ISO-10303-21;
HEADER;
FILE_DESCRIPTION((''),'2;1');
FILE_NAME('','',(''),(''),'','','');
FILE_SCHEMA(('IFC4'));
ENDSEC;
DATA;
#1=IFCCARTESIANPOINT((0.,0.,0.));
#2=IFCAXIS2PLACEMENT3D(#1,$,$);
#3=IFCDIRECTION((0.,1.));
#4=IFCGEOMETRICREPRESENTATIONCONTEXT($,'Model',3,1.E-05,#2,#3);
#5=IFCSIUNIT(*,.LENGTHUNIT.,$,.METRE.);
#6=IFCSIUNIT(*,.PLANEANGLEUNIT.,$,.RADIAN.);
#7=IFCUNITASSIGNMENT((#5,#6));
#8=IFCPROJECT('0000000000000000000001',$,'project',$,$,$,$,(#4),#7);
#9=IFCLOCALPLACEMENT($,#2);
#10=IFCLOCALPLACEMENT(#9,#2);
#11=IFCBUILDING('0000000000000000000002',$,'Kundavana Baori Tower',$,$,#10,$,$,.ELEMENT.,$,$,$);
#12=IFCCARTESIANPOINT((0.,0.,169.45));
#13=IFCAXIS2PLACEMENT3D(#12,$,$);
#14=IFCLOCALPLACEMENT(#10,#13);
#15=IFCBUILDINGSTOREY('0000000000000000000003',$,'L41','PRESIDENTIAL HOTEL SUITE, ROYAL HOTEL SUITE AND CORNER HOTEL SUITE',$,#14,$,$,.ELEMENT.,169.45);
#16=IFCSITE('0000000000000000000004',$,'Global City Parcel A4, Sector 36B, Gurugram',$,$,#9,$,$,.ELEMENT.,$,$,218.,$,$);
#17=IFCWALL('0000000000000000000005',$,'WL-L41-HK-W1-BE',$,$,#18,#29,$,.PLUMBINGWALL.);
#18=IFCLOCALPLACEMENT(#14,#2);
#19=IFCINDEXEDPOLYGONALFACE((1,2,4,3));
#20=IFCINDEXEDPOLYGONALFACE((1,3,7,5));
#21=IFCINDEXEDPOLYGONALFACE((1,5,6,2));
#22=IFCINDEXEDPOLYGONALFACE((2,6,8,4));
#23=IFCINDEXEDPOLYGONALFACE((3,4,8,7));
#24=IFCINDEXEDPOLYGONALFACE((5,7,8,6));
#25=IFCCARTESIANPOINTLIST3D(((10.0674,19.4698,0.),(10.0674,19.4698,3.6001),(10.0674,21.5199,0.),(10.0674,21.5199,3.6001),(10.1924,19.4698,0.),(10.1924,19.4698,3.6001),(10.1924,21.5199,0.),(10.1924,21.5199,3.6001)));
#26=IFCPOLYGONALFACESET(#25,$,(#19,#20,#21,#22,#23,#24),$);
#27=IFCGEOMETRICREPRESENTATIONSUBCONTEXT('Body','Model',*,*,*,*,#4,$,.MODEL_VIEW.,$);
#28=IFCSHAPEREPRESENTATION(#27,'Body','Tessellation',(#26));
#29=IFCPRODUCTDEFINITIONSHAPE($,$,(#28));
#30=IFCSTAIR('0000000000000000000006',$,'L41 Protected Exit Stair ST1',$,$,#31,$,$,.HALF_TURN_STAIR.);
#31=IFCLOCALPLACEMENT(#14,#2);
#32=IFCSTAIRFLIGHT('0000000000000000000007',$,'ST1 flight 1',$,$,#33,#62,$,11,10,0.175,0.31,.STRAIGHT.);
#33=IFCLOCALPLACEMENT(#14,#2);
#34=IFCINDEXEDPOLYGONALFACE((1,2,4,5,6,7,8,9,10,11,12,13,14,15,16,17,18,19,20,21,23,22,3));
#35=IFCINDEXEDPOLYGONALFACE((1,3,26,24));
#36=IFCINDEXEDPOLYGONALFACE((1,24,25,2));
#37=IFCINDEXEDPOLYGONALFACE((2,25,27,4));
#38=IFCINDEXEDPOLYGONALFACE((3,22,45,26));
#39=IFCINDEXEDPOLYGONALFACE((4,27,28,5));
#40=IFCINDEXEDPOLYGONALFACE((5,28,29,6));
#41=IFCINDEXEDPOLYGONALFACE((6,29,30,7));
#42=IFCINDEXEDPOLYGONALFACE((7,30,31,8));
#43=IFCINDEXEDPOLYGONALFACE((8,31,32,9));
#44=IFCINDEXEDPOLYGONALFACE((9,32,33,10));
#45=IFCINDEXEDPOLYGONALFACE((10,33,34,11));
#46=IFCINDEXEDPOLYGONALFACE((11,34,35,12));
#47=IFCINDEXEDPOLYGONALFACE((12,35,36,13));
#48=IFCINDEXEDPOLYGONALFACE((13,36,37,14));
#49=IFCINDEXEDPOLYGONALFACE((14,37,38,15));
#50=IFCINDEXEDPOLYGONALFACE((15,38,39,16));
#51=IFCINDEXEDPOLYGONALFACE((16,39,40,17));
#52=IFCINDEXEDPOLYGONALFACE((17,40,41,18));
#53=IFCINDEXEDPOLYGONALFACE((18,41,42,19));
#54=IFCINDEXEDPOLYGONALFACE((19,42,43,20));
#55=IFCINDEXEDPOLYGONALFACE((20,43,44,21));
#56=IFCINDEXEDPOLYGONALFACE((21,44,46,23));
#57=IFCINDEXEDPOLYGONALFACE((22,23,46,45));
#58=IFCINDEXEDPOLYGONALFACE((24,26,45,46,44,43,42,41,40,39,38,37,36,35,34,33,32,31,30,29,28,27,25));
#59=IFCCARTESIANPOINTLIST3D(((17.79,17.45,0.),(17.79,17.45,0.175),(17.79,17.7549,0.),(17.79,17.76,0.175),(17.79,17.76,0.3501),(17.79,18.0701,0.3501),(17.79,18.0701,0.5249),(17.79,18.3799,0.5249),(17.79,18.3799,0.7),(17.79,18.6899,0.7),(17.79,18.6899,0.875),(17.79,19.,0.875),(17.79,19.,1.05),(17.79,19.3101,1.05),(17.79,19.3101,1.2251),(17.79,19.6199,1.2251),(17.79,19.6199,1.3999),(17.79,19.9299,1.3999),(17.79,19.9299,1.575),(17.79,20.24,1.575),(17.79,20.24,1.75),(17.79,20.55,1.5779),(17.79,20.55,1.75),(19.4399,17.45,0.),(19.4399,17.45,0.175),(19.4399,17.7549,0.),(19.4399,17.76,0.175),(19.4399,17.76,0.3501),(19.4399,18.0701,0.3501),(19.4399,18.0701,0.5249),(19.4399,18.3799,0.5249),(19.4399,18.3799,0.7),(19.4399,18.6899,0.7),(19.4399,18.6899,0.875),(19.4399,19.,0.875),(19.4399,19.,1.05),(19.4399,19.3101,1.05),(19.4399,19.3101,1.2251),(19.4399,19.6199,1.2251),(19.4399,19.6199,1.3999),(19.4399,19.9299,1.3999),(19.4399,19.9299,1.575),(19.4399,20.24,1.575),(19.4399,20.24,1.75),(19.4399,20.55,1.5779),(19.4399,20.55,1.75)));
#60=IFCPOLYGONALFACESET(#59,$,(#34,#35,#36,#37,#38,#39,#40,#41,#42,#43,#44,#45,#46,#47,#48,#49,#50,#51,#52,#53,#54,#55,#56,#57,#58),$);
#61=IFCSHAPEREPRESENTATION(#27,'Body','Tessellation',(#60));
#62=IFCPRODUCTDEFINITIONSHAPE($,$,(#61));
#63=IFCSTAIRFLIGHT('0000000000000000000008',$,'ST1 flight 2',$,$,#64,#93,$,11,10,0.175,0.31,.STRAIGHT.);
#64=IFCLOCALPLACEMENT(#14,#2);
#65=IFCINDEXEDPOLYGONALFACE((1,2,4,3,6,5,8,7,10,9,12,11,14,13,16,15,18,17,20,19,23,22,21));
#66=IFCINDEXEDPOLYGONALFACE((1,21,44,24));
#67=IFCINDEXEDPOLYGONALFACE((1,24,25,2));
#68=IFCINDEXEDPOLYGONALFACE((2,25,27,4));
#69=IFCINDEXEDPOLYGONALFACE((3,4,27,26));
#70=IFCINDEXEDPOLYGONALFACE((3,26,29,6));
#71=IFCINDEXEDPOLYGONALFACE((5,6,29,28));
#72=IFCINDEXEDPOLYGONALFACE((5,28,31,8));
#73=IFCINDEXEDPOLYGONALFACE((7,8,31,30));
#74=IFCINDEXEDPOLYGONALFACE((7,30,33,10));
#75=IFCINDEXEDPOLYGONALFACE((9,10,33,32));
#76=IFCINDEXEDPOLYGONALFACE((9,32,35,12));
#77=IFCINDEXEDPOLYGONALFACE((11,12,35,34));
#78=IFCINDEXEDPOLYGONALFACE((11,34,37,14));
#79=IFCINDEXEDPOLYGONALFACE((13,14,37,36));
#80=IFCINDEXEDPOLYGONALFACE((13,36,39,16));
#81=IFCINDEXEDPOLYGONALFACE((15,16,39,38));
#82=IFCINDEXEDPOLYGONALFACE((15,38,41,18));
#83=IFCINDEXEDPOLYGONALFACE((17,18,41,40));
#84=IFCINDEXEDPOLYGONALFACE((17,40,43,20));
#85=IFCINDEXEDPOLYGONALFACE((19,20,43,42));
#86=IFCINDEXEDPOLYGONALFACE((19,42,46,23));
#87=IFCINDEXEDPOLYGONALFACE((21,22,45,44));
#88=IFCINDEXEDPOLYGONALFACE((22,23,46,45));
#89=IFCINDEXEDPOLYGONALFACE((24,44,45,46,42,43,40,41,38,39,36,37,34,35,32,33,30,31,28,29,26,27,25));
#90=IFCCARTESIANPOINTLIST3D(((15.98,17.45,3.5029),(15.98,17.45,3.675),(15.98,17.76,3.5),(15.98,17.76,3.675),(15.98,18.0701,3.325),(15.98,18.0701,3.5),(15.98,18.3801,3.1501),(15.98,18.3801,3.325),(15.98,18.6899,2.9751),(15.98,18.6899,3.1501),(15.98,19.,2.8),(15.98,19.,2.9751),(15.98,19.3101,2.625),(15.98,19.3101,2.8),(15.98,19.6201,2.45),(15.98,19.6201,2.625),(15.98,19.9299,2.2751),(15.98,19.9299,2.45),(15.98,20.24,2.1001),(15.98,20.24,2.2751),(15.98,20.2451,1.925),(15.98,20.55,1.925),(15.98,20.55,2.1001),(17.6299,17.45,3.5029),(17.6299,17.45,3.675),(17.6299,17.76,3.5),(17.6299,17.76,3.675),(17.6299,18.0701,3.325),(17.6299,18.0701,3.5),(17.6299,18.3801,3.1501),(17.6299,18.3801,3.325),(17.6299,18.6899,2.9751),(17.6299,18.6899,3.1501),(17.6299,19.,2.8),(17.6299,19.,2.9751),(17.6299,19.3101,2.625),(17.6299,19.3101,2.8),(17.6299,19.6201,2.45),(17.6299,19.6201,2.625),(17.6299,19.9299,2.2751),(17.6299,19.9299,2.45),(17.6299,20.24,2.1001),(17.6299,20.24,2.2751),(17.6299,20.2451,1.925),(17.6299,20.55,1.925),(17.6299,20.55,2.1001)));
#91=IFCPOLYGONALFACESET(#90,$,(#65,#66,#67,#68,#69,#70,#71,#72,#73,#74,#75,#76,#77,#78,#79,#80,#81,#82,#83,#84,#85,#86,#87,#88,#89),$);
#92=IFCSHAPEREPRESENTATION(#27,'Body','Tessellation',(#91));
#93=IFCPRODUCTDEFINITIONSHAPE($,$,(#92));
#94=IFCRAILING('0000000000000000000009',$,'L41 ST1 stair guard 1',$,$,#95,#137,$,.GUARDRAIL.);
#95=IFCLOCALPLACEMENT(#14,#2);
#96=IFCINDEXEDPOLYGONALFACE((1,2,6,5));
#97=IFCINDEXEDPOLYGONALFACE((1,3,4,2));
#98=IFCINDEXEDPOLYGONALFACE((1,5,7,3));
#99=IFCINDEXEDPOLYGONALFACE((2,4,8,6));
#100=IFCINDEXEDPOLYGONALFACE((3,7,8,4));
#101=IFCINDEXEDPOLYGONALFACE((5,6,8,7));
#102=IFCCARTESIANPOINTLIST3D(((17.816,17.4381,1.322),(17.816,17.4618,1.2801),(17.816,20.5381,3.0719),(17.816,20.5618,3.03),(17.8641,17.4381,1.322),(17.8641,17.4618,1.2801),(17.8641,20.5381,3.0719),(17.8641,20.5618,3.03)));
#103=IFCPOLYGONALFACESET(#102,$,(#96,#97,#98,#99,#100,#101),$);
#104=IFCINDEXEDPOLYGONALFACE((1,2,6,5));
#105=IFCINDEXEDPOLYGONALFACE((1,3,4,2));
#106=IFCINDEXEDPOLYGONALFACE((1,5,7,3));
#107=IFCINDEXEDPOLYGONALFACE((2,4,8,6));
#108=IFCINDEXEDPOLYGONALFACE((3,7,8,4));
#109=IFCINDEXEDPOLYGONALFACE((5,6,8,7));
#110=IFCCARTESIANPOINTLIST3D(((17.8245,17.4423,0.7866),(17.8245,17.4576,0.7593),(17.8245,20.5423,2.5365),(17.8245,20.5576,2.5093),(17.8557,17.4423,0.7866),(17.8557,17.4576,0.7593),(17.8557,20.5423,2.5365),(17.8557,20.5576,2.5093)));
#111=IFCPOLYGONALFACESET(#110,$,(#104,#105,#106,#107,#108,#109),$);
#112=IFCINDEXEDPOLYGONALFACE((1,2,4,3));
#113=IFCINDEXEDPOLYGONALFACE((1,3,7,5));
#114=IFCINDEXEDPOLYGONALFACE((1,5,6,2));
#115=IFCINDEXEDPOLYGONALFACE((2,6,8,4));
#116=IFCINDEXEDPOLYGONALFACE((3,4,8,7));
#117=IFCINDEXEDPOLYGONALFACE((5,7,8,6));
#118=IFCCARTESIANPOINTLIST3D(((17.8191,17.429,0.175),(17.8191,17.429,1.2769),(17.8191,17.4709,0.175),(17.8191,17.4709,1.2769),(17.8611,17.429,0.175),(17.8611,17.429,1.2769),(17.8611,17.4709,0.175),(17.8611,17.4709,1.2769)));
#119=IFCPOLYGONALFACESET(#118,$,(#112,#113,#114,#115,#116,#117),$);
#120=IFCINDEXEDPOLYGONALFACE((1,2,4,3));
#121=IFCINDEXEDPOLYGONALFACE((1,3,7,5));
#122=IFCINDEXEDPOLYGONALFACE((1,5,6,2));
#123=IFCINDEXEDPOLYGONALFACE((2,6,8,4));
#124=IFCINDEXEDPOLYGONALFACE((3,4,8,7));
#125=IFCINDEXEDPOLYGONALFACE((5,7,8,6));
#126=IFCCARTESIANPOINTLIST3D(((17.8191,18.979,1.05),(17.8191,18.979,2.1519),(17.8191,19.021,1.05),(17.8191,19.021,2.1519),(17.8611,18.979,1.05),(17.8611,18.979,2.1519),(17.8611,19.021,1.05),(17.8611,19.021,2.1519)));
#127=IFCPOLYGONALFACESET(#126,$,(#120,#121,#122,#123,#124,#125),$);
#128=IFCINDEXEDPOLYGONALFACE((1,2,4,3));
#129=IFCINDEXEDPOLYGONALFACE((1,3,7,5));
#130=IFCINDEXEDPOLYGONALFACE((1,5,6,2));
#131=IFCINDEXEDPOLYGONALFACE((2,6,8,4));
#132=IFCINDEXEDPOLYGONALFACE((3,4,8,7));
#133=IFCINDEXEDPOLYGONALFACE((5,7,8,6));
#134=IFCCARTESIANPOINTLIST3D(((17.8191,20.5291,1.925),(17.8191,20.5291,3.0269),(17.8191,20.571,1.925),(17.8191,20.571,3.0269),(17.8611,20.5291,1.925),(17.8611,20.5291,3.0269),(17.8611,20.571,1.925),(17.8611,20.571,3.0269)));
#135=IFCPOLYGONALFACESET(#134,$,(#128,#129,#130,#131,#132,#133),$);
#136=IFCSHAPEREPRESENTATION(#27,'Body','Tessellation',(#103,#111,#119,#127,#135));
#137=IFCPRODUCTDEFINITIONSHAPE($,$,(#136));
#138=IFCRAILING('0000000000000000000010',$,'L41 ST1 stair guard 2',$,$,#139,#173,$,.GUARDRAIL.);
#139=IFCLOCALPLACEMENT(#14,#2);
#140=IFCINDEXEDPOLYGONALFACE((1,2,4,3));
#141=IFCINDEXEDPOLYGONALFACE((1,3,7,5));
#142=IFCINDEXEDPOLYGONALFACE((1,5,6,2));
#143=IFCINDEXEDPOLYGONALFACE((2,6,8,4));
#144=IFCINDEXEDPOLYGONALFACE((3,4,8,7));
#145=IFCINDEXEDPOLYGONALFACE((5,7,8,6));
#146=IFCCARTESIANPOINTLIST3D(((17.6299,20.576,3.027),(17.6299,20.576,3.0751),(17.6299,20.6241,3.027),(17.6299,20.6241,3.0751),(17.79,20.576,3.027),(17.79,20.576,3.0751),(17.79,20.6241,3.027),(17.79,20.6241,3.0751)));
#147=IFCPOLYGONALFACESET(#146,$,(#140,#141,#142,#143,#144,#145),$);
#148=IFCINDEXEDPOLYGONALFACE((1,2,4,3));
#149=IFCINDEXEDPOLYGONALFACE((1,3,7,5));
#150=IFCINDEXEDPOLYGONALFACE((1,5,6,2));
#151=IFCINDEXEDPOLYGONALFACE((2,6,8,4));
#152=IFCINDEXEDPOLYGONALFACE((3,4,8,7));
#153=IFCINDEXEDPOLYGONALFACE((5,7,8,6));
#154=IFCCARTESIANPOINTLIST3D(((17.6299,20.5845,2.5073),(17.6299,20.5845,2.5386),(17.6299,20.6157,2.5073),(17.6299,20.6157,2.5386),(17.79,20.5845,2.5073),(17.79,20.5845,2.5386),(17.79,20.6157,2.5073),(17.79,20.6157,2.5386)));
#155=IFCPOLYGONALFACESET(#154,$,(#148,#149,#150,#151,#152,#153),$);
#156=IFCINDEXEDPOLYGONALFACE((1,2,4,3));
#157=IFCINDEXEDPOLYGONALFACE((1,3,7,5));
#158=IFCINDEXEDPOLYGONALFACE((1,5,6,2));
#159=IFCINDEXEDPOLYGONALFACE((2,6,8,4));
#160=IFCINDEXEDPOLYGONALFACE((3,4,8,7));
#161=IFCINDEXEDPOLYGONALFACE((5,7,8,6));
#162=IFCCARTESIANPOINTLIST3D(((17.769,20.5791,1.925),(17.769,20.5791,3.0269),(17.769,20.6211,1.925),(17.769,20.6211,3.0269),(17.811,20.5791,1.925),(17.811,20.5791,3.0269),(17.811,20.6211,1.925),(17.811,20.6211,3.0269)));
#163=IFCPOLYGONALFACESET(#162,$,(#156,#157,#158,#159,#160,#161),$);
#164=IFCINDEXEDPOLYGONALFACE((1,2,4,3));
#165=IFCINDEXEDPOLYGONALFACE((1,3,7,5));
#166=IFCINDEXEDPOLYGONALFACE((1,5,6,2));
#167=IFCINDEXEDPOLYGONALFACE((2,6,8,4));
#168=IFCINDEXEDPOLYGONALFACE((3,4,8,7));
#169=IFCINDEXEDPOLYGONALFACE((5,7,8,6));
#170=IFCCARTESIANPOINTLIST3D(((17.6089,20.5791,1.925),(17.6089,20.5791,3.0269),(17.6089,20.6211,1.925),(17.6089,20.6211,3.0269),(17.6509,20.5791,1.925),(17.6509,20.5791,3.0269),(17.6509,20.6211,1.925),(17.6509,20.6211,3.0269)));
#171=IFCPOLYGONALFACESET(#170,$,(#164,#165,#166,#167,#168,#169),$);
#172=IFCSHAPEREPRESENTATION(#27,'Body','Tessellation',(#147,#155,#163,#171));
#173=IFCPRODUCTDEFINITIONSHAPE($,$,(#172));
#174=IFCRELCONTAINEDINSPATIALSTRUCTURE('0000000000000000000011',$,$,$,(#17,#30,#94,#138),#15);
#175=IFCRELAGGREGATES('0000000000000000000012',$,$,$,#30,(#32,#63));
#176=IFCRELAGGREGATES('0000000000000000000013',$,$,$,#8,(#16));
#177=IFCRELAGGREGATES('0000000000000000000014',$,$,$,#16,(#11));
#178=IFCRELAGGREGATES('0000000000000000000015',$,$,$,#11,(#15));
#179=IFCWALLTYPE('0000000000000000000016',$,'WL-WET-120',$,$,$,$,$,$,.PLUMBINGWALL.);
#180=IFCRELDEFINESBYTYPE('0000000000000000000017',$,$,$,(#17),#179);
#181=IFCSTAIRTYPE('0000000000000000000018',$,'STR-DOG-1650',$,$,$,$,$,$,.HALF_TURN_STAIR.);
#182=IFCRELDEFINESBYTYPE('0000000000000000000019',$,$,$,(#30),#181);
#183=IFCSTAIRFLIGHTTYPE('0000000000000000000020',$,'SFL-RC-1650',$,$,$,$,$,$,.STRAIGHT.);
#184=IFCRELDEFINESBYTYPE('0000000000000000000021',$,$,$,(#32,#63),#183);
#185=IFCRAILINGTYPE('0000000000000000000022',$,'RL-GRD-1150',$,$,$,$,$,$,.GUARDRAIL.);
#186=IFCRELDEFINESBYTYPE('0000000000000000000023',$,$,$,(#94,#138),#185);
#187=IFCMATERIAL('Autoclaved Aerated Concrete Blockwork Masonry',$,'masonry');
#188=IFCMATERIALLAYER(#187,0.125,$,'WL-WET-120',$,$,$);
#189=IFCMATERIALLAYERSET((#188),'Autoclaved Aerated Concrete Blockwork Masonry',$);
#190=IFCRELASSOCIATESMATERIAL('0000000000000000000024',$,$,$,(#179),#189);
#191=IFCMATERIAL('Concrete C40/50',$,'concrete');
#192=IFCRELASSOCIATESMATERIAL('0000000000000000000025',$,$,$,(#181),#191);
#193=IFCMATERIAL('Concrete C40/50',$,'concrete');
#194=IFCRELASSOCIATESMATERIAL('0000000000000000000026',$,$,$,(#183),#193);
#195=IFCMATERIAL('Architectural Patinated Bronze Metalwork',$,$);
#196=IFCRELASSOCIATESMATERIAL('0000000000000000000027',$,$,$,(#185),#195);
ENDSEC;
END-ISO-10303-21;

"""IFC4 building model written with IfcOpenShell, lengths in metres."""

from ifc_helpers import new_model, si_unit, direction, frame, frame_2d, origin, origin_2d, place, context, subcontext, project, spatial, polyline, rectangle, outline, extrude, material, layer, layer_set, type_object, element, aggregate, save


model = new_model("IFC4")

# Units and contexts
model_context = context("Model", 3, precision=1e-05, world=origin(), true_north=direction((0.0, 1.0)))
body_context = subcontext(model_context, "Body", "Model", "MODEL_VIEW")
ifc_project = project(units=[si_unit("LENGTHUNIT", "METRE"), si_unit("PLANEANGLEUNIT", "RADIAN")], contexts=[model_context])

# Site, building, storey
site_placement = place(None, origin())
site = spatial("IfcSite", under=ifc_project, at=site_placement, Name="Global City Parcel A4, Sector 36B, Gurugram", CompositionType="ELEMENT", RefElevation=218.0)
building_placement = place(site_placement, origin())
building = spatial("IfcBuilding", under=site, at=building_placement, Name="Kundavana Baori Tower", CompositionType="ELEMENT")
storey_placement = place(building_placement, frame((0.0, 0.0, 169.45)))
storey = spatial("IfcBuildingStorey", under=building, at=storey_placement, Name="L41", Description="PRESIDENTIAL HOTEL SUITE, ROYAL HOTEL SUITE AND CORNER HOTEL SUITE", CompositionType="ELEMENT", Elevation=169.45)

# Wall
ifc_material_1 = material(Name="Autoclaved Aerated Concrete Blockwork Masonry", Category="masonry")
ifc_layer_1 = layer(ifc_material_1, 0.125, Name="WL-WET-120")
ifc_layer_set_1 = layer_set([ifc_layer_1], Name="Autoclaved Aerated Concrete Blockwork Masonry")
wall_type_1 = type_object("IfcWallType", Name="WL-WET-120", PredefinedType="PLUMBINGWALL", material=ifc_layer_set_1)
wall_1_placement = place(storey_placement, frame((10.1299, 19.47, 0.0), z_axis=(0.0, 0.0, 1.0), x_axis=(0.0, 1.0, 0.0)))
element("IfcWall", 1, at=wall_1_placement, inside=storey, type_object=wall_type_1, Name="WL-L41-HK-W1-BE", PredefinedType="PLUMBINGWALL", context=body_context, shape_type="SweptSolid", body=[
    extrude(rectangle(XDim=2.05, YDim=0.125, at=frame_2d((1.0249, 0.0))), origin(), (0.0, 0.0, 1.0), 3.6001),
])

# Stair, stair flights
ifc_material_2 = material(Name="Concrete C40/50", Category="concrete")
stair_type = type_object("IfcStairType", Name="STR-DOG-1650", PredefinedType="HALF_TURN_STAIR", material=ifc_material_2)
stair_placement = place(storey_placement, origin())
stair = element("IfcStair", 2, at=stair_placement, inside=storey, type_object=stair_type, Name="L41 Protected Exit Stair ST1", PredefinedType="HALF_TURN_STAIR")
ifc_material_3 = material(Name="Concrete C40/50", Category="concrete")
stair_flight_type = type_object("IfcStairFlightType", Name="SFL-RC-1650", PredefinedType="STRAIGHT", material=ifc_material_3)
stair_flight_1_placement = place(storey_placement, frame((18.615, 17.45, 0.0), z_axis=(0.0, 0.0, 1.0), x_axis=(0.0, 1.0, 0.0)))
stair_flight_1 = element("IfcStairFlight", 3, at=stair_flight_1_placement, type_object=stair_flight_type, Name="ST1 flight 1", NumberOfRisers=11, NumberOfTreads=10, PredefinedType="STRAIGHT", RiserHeight=0.175, TreadLength=0.31, context=body_context, shape_type="SweptSolid", body=[
    extrude(outline(polyline([(0.0, 0.0), (0.0, 0.175), (0.3101, 0.175), (0.3101, 0.3501), (0.6201, 0.3501), (0.6201, 0.5249), (0.9299, 0.5249), (0.9299, 0.7), (1.24, 0.7), (1.24, 0.875), (1.55, 0.875), (1.55, 1.05), (1.8601, 1.05), (1.8601, 1.2251), (2.1699, 1.2251), (2.1699, 1.3999), (2.48, 1.3999), (2.48, 1.575), (2.79, 1.575), (2.79, 1.75), (3.1001, 1.75), (3.1001, 1.925), (3.1001, 1.5779), (0.3049, 0.0), (0.0, 0.0)])), frame((0.0, 0.825, 0.0), z_axis=(0.0, -1.0, 0.0), x_axis=(1.0, 0.0, 0.0)), (0.0, 0.0, 1.0), 1.6499),
])
stair_flight_2_placement = place(storey_placement, frame((16.8049, 20.55, 1.925), z_axis=(0.0, 0.0, 1.0), x_axis=(0.0, -1.0, 0.0)))
stair_flight_2 = element("IfcStairFlight", 4, at=stair_flight_2_placement, type_object=stair_flight_type, Name="ST1 flight 2", NumberOfRisers=11, NumberOfTreads=10, PredefinedType="STRAIGHT", RiserHeight=0.175, TreadLength=0.31, context=body_context, shape_type="SweptSolid", body=[
    extrude(outline(polyline([(0.0, 0.0), (0.0, 0.175), (0.3101, 0.175), (0.3101, 0.3501), (0.6201, 0.3501), (0.6201, 0.5249), (0.9299, 0.5249), (0.9299, 0.7), (1.24, 0.7), (1.24, 0.875), (1.55, 0.875), (1.55, 1.05), (1.8601, 1.05), (1.8601, 1.2251), (2.1699, 1.2251), (2.1699, 1.3999), (2.48, 1.3999), (2.48, 1.575), (2.79, 1.575), (2.79, 1.75), (3.1001, 1.75), (3.1001, 1.925), (3.1001, 1.5779), (0.3049, 0.0), (0.0, 0.0)])), frame((0.0, 0.825, 0.0), z_axis=(0.0, -1.0, 0.0), x_axis=(1.0, 0.0, 0.0)), (0.0, 0.0, 1.0), 1.6499),
])
aggregate(stair, [stair_flight_1, stair_flight_2])

# Railings
ifc_material_4 = material(Name="Architectural Patinated Bronze Metalwork")
railing_type_1 = type_object("IfcRailingType", Name="RL-GRD-1150", PredefinedType="GUARDRAIL", material=ifc_material_4)
railing_1_placement = place(storey_placement, frame((17.8401, 17.45, 0.175)))
element("IfcRailing", 5, at=railing_1_placement, inside=storey, type_object=railing_type_1, Name="L41 ST1 stair guard 1", PredefinedType="GUARDRAIL", context=body_context, shape_type="SweptSolid", body=[
    extrude(rectangle(XDim=0.0481, YDim=0.0481, at=origin_2d()), frame((0.0, 0.0, 1.126), z_axis=(0.0, 0.870831, 0.491583), x_axis=(-1.0, 0.0, 0.0)), (0.0, 0.0, 1.0), 3.5598),
    extrude(rectangle(XDim=0.0312, YDim=0.0312, at=origin_2d()), frame((0.0, 0.0, 0.5979), z_axis=(0.0, 0.870831, 0.491583), x_axis=(-1.0, 0.0, 0.0)), (0.0, 0.0, 1.0), 3.5598),
    extrude(rectangle(XDim=0.042, YDim=0.042, at=origin_2d()), origin(), (0.0, 0.0, 1.0), 1.1018),
    extrude(rectangle(XDim=0.042, YDim=0.042, at=origin_2d()), frame((0.0, 1.55, 0.875)), (0.0, 0.0, 1.0), 1.1018),
    extrude(rectangle(XDim=0.042, YDim=0.042, at=origin_2d()), frame((0.0, 3.1001, 1.75)), (0.0, 0.0, 1.0), 1.1018),
])
railing_2_placement = place(storey_placement, frame((17.79, 20.6001, 1.925)))
element("IfcRailing", 6, at=railing_2_placement, inside=storey, type_object=railing_type_1, Name="L41 ST1 stair guard 2", PredefinedType="GUARDRAIL", context=body_context, shape_type="SweptSolid", body=[
    extrude(rectangle(XDim=0.0481, YDim=0.0481, at=origin_2d()), frame((0.0, 0.0, 1.126), z_axis=(-1.0, 0.0, 0.0), x_axis=(0.0, -1.0, 0.0)), (0.0, 0.0, 1.0), 0.1602),
    extrude(rectangle(XDim=0.0312, YDim=0.0312, at=origin_2d()), frame((0.0, 0.0, 0.5979), z_axis=(-1.0, 0.0, 0.0), x_axis=(0.0, -1.0, 0.0)), (0.0, 0.0, 1.0), 0.1602),
    extrude(rectangle(XDim=0.042, YDim=0.042, at=origin_2d()), origin(), (0.0, 0.0, 1.0), 1.1018),
    extrude(rectangle(XDim=0.042, YDim=0.042, at=origin_2d()), frame((-0.1602, 0.0, 0.0)), (0.0, 0.0, 1.0), 1.1018),
])

save(model, "model.ifc")
